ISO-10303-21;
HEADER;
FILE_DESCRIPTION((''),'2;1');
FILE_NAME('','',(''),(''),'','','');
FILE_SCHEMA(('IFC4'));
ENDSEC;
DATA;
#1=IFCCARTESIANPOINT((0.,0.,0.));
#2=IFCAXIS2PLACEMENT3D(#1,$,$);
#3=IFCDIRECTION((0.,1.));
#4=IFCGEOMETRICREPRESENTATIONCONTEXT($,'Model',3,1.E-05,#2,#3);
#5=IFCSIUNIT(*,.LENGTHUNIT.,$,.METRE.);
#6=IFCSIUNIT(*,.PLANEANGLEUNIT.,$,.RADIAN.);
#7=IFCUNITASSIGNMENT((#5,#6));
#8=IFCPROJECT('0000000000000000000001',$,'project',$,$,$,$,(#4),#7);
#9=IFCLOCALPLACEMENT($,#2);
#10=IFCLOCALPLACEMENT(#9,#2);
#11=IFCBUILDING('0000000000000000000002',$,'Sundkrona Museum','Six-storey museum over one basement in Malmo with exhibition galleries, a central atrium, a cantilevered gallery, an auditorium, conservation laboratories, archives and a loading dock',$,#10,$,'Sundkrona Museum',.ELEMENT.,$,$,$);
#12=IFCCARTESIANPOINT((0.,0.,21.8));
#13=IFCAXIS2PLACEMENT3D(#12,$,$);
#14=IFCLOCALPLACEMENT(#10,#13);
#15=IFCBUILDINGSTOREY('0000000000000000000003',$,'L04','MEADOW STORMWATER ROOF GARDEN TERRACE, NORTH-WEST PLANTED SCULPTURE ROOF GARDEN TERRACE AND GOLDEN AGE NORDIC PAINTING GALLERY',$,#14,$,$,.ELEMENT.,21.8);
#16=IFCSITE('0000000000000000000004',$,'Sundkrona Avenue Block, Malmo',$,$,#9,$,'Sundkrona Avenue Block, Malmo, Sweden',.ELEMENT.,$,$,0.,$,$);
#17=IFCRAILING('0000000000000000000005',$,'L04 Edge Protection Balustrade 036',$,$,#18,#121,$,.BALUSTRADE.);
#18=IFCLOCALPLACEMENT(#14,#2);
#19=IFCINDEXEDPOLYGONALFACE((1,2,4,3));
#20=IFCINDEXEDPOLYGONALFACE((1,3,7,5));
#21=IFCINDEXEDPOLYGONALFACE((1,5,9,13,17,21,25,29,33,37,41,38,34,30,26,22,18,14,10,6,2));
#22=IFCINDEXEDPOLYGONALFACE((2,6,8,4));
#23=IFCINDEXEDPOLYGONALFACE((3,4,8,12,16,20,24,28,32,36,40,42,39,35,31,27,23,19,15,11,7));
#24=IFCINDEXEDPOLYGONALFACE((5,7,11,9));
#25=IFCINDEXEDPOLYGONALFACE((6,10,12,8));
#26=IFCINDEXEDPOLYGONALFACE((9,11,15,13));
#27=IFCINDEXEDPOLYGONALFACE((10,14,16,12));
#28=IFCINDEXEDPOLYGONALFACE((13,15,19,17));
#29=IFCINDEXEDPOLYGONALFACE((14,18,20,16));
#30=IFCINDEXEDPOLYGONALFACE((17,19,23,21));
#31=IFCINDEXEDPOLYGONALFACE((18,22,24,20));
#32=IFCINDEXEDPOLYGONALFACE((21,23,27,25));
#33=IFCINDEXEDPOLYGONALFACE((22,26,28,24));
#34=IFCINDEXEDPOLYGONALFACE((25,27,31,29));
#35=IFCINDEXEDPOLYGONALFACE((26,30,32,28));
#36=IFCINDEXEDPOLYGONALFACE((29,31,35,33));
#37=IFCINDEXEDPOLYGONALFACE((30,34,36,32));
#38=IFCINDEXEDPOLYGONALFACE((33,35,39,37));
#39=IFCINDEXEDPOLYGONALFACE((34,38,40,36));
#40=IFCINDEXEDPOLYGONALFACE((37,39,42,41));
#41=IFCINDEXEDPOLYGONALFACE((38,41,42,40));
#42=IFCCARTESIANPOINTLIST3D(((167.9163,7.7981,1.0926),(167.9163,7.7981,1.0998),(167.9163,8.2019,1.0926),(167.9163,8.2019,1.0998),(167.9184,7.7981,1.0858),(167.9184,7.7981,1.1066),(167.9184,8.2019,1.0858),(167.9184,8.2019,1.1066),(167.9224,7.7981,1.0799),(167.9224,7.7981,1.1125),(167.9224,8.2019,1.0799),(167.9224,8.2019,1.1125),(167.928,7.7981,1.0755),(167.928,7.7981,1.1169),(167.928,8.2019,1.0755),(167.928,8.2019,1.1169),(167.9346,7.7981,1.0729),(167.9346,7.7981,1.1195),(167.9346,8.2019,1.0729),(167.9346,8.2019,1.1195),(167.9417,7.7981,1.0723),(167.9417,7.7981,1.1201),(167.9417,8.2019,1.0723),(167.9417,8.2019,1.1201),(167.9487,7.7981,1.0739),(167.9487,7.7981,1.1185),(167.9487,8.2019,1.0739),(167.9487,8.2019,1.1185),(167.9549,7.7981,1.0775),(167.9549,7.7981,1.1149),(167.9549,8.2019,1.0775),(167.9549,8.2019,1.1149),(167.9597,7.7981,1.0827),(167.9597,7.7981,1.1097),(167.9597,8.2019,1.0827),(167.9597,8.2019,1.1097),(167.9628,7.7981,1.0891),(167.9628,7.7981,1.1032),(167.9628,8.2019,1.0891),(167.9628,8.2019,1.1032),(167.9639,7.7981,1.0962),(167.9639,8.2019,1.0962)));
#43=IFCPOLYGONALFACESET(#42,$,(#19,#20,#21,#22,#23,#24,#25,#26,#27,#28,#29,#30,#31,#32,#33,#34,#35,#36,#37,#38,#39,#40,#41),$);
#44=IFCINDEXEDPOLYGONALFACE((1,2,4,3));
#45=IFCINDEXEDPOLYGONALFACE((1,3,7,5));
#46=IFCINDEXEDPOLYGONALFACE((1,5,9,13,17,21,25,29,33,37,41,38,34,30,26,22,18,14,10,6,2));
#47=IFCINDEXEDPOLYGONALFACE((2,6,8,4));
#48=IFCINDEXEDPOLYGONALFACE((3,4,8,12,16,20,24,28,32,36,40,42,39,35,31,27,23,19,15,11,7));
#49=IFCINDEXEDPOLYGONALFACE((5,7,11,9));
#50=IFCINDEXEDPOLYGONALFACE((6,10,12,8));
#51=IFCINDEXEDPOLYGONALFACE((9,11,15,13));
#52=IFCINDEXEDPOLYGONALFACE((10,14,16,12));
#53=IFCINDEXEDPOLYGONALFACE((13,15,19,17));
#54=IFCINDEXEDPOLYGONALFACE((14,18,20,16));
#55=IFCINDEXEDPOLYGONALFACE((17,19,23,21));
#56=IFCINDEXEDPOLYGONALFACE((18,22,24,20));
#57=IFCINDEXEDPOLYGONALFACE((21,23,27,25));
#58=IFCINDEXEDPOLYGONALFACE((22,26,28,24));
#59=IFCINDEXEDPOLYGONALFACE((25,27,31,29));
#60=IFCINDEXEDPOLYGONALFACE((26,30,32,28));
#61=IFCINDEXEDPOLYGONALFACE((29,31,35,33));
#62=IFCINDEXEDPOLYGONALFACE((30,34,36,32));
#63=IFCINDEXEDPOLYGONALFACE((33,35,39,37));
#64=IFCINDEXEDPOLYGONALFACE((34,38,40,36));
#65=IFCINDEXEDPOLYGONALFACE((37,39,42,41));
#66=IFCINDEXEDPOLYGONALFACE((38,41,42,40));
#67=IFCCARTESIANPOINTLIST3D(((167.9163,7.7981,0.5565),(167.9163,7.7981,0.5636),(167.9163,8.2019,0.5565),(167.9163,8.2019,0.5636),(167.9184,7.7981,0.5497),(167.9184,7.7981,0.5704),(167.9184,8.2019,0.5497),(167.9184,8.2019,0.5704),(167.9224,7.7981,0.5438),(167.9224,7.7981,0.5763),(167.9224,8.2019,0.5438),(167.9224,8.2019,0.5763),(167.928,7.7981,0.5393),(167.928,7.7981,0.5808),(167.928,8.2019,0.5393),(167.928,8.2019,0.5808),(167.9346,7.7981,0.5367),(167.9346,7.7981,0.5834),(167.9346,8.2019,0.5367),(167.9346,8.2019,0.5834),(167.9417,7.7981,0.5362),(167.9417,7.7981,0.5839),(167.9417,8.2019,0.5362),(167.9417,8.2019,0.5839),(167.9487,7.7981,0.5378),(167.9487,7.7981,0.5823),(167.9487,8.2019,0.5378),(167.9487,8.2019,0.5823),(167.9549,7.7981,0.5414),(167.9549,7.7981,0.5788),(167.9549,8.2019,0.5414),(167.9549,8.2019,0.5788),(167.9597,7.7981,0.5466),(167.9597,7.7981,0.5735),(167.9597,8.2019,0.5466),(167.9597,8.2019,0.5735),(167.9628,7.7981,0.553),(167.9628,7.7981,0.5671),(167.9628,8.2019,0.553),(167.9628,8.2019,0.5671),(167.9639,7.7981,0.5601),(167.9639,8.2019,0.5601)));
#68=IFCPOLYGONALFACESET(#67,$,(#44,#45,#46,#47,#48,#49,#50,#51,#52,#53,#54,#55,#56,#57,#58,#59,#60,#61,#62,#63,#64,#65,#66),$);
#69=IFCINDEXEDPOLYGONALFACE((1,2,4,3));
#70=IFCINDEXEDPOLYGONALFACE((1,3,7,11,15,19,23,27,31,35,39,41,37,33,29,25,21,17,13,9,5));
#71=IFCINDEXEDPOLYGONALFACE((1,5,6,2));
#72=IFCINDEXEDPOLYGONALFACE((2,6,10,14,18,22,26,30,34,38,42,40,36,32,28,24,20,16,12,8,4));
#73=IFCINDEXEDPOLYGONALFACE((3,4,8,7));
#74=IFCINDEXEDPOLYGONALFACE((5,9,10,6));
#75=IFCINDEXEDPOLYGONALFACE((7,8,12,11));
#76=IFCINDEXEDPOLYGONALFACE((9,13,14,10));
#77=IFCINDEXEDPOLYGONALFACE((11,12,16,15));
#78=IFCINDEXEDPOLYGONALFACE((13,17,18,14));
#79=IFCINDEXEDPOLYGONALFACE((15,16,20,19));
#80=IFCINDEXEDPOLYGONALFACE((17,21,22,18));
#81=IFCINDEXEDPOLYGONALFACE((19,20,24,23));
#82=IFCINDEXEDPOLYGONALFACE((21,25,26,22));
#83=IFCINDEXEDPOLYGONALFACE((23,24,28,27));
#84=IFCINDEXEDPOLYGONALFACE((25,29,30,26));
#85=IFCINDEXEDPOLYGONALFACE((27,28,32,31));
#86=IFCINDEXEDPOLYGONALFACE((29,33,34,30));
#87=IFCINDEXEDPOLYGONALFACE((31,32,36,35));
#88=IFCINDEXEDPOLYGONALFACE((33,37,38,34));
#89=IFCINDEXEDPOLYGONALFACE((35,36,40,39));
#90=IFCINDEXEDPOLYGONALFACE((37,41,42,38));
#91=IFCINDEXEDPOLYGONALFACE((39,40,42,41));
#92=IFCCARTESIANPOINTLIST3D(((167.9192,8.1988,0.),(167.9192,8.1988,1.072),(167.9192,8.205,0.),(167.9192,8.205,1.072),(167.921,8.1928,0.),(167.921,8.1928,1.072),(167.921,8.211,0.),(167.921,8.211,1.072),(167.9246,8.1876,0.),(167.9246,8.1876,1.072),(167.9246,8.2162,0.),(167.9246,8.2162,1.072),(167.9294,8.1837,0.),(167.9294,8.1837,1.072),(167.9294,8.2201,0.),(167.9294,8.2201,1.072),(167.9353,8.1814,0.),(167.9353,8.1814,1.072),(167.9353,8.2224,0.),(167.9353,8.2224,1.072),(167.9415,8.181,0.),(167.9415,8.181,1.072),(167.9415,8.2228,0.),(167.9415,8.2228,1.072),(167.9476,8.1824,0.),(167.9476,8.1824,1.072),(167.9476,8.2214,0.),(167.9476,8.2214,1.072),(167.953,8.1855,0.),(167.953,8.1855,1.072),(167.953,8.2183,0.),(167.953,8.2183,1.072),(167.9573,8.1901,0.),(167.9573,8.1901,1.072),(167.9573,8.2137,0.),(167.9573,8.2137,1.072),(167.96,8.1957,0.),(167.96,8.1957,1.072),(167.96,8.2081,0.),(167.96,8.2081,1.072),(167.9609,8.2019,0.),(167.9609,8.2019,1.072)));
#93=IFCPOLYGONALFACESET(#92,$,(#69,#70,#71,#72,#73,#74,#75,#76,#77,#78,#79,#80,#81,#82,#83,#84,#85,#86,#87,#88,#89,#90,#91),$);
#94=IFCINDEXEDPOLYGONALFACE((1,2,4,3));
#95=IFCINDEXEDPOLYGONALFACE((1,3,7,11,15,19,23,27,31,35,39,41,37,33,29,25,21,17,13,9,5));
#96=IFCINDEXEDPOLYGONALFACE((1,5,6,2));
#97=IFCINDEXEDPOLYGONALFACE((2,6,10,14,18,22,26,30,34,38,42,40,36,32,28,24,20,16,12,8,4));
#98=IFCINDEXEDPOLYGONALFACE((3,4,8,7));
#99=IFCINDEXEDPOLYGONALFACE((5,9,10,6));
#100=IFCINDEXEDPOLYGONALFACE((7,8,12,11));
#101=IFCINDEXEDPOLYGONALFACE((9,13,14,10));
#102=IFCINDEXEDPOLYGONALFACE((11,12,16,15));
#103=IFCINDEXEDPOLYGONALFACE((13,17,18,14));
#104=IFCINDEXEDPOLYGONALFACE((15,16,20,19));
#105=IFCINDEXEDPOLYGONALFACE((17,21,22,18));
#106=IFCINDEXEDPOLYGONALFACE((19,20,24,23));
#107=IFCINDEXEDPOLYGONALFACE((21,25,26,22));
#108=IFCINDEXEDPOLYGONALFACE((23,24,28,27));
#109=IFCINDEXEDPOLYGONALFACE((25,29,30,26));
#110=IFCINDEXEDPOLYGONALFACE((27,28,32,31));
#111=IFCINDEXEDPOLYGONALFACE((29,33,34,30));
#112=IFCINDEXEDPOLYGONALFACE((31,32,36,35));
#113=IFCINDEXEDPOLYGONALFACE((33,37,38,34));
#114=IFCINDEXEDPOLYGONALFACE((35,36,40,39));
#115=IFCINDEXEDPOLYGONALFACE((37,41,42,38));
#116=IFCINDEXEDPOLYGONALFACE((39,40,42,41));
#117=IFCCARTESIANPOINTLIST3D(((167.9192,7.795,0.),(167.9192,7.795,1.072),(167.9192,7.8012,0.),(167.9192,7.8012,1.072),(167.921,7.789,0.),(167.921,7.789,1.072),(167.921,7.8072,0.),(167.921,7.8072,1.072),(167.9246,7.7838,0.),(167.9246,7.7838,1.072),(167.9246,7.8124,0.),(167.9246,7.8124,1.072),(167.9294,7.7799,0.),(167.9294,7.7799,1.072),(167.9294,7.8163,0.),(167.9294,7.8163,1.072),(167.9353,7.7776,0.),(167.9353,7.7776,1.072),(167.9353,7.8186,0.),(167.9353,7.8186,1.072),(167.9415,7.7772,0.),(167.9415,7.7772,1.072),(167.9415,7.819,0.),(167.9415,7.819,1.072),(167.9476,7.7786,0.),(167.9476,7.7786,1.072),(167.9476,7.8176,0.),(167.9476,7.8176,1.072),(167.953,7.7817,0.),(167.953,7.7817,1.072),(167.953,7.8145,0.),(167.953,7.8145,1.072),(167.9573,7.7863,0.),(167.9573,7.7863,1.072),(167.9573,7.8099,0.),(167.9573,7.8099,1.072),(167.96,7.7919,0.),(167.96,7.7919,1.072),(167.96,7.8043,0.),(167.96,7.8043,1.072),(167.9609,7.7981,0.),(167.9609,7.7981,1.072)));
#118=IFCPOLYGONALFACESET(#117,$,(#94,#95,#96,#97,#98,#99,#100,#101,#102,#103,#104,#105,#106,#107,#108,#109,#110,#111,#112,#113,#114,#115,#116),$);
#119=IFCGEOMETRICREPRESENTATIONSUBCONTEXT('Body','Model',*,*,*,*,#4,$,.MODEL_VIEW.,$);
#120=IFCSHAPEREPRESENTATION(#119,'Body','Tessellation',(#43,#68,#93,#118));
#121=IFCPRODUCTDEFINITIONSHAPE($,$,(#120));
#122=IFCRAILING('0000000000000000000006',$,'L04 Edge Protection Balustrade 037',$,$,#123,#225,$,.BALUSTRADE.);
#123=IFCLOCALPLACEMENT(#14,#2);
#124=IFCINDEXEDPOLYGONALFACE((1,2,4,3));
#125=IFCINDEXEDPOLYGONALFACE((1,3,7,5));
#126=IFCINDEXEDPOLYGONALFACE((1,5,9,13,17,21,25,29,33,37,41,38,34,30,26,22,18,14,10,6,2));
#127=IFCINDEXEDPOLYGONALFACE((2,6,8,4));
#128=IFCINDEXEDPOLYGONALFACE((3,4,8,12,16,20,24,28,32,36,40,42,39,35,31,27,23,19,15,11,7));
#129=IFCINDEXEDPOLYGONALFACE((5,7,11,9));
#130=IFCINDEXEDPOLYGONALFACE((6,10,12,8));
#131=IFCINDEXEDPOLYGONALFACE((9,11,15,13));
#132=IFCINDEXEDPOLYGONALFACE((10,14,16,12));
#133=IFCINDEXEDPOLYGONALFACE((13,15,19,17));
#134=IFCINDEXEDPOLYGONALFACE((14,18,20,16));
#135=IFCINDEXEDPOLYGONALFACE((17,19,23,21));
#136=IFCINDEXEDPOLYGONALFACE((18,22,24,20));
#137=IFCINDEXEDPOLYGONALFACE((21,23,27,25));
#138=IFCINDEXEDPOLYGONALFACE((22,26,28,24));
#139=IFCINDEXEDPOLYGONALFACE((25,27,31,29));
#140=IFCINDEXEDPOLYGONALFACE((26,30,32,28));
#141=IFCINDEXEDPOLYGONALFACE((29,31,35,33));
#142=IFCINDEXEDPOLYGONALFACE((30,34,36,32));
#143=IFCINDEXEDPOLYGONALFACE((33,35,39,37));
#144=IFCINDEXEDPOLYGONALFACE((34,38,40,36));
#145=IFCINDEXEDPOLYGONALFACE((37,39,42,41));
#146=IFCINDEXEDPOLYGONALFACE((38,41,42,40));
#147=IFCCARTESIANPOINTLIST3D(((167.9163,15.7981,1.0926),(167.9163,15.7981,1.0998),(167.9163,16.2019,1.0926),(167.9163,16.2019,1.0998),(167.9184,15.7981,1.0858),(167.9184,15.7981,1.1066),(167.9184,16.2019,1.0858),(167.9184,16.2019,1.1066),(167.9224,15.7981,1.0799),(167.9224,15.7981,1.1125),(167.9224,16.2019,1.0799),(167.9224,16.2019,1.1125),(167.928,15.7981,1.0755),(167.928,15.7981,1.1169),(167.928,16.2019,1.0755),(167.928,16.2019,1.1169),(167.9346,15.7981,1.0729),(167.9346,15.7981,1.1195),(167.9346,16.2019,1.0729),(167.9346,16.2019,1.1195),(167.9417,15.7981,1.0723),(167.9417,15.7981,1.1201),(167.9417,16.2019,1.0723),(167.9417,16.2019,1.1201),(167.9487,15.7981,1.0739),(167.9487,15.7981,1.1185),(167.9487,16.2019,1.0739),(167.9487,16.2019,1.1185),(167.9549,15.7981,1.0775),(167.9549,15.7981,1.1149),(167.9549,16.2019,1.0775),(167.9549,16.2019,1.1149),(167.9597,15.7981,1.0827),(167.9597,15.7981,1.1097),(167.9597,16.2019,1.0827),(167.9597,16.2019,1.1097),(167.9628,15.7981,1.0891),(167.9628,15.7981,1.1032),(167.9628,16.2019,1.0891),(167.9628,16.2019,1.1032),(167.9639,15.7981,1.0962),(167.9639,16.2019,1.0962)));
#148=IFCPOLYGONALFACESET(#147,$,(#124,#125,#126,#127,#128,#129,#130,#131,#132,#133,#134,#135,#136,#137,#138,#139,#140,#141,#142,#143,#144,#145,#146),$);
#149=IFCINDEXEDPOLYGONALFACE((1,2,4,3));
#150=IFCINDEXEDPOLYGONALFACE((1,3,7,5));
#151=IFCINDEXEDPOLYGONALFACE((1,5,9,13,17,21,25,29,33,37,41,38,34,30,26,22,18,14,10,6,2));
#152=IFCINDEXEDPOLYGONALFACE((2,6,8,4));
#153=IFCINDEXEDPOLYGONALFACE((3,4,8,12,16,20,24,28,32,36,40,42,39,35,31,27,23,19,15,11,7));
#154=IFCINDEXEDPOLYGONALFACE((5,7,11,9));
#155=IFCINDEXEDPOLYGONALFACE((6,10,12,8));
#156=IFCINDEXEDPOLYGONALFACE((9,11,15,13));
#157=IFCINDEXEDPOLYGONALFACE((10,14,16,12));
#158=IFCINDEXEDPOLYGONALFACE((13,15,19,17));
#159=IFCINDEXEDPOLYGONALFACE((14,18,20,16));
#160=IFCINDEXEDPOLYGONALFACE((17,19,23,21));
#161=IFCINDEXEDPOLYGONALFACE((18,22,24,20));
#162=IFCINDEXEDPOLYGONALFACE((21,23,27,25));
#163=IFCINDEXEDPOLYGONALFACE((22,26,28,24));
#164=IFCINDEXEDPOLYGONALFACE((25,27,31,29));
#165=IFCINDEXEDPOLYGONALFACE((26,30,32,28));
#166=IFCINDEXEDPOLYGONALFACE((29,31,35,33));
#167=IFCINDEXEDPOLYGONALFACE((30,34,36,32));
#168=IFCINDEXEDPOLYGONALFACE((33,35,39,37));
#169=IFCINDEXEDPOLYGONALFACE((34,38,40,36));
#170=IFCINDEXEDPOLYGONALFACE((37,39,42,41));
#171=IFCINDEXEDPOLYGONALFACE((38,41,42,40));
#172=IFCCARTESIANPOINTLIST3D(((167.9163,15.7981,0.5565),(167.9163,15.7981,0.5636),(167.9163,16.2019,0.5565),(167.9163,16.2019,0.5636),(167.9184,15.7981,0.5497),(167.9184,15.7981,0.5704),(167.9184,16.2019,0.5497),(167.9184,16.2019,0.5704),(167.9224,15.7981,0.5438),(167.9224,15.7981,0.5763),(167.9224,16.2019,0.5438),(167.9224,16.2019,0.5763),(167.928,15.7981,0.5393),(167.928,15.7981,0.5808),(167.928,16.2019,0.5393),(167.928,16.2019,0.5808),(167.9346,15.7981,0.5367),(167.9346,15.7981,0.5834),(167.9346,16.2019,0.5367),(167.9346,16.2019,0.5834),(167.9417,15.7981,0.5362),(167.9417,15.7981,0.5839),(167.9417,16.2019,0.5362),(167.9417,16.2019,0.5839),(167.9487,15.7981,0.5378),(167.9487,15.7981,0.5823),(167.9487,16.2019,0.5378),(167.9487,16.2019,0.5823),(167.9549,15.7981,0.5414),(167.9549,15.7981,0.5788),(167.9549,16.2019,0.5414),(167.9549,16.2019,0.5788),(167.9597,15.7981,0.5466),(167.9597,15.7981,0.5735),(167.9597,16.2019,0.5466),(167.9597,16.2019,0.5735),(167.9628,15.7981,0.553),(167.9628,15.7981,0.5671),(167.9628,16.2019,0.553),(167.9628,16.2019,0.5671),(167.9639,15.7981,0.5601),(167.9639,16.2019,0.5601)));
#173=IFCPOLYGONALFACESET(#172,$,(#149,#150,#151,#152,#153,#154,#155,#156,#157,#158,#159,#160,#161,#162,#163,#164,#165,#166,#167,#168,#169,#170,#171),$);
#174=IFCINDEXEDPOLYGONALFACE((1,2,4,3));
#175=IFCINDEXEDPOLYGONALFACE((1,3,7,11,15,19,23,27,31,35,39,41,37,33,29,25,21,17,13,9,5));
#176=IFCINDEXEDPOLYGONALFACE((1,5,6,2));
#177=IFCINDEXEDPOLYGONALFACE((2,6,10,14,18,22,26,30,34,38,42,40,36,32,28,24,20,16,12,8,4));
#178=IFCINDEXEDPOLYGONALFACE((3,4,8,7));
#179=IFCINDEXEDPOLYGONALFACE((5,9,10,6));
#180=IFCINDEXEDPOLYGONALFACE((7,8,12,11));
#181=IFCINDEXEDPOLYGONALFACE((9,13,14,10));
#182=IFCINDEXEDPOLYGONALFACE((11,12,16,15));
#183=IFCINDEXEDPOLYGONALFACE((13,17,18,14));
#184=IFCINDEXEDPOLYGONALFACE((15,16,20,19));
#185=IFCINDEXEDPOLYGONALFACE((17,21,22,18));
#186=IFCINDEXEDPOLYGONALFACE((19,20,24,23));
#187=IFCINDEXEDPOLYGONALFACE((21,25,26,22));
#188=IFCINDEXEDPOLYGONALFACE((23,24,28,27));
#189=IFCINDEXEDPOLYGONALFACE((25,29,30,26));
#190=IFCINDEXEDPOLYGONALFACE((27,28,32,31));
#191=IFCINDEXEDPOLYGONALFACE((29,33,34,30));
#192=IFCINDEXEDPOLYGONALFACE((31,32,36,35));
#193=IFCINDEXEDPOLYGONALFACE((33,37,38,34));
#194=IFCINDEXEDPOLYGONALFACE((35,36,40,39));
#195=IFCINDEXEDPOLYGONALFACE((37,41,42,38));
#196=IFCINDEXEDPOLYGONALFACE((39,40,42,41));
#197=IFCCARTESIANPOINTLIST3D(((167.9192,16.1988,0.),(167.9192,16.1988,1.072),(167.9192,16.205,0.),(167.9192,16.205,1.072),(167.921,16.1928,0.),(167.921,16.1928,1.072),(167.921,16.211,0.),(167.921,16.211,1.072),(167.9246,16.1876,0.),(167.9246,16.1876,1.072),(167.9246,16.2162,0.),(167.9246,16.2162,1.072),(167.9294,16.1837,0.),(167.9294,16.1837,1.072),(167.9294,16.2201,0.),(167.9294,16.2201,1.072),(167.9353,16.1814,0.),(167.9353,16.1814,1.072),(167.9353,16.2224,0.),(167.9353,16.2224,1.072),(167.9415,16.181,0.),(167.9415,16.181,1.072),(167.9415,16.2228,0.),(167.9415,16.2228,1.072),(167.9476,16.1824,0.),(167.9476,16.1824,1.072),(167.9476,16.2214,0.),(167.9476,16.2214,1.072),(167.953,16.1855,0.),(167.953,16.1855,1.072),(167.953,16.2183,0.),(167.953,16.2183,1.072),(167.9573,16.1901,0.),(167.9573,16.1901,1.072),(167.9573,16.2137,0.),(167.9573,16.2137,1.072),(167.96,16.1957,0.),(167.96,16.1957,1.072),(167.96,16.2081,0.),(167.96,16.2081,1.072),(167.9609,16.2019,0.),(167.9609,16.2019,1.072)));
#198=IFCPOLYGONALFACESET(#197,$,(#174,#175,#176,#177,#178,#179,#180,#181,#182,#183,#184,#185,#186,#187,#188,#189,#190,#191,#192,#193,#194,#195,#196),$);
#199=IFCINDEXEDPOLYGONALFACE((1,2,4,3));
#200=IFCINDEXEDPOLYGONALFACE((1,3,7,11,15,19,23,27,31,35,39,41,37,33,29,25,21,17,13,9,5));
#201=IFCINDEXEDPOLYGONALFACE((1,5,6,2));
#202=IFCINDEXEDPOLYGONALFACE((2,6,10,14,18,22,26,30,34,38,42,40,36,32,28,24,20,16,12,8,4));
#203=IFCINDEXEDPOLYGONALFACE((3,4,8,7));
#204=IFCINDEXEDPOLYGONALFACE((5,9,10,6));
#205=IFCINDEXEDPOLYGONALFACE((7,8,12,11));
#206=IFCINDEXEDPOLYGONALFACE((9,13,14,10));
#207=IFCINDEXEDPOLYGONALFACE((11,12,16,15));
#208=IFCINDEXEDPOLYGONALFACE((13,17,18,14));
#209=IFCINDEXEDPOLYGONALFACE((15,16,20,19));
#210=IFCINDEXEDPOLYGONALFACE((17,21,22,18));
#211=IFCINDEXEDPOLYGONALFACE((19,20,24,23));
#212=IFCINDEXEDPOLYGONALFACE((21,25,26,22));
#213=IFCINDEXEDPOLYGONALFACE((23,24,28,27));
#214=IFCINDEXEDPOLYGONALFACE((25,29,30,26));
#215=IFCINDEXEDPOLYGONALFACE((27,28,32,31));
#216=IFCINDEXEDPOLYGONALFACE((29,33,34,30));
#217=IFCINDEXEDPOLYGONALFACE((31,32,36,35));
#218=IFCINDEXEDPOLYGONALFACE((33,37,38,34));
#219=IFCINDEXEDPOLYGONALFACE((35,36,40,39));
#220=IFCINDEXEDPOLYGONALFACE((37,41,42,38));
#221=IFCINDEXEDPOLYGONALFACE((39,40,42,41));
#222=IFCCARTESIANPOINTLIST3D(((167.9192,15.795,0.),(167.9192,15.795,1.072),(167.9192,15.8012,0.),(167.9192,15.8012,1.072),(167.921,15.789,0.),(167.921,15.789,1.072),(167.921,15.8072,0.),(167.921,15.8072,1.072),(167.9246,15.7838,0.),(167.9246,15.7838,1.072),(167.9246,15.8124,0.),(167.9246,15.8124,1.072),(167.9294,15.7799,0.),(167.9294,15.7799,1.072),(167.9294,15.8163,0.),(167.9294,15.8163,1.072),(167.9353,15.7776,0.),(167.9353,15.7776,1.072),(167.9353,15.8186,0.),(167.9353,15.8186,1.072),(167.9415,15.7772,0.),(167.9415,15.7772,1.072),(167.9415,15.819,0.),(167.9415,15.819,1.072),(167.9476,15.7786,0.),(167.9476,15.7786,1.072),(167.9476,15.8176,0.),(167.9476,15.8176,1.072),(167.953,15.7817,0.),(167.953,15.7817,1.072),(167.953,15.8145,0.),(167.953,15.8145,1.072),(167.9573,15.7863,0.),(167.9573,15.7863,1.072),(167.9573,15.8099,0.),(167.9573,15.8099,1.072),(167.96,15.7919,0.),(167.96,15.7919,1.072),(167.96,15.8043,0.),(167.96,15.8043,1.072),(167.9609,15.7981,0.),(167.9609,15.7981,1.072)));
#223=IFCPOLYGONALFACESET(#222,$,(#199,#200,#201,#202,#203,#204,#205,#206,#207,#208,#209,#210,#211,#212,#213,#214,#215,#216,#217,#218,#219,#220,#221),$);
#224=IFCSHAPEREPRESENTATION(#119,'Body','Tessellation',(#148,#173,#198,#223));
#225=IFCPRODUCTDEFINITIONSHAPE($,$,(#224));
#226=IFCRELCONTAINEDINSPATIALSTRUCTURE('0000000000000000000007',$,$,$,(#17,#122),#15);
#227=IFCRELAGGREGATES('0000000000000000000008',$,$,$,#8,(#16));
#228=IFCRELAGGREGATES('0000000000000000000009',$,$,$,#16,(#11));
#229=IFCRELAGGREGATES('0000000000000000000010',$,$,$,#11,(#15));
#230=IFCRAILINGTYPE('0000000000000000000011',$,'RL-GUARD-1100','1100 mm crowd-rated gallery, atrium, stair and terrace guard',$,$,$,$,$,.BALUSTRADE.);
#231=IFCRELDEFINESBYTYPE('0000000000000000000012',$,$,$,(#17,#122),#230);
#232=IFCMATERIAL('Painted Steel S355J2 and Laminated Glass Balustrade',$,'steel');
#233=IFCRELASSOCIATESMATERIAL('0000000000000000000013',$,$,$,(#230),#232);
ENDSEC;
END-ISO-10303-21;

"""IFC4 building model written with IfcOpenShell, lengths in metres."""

from ifc_helpers import new_model, si_unit, direction, frame, origin, origin_2d, place, context, subcontext, project, spatial, circle, extrude, material, type_object, element, save


model = new_model("IFC4")

# Units and contexts
model_context = context("Model", 3, precision=1e-05, world=origin(), true_north=direction((0.0, 1.0)))
body_context = subcontext(model_context, "Body", "Model", "MODEL_VIEW")
ifc_project = project(units=[si_unit("LENGTHUNIT", "METRE"), si_unit("PLANEANGLEUNIT", "RADIAN")], contexts=[model_context])

# Site, building, storey
site_placement = place(None, origin())
site = spatial("IfcSite", under=ifc_project, at=site_placement, Name="Sundkrona Avenue Block, Malmo", LongName="Sundkrona Avenue Block, Malmo, Sweden", CompositionType="ELEMENT", RefElevation=0.0)
building_placement = place(site_placement, origin())
building = spatial("IfcBuilding", under=site, at=building_placement, Name="Sundkrona Museum", Description="Six-storey museum over one basement in Malmo with exhibition galleries, a central atrium, a cantilevered gallery, an auditorium, conservation laboratories, archives and a loading dock", LongName="Sundkrona Museum", CompositionType="ELEMENT")
storey_placement = place(building_placement, frame((0.0, 0.0, 21.8)))
storey = spatial("IfcBuildingStorey", under=building, at=storey_placement, Name="L04", Description="MEADOW STORMWATER ROOF GARDEN TERRACE, NORTH-WEST PLANTED SCULPTURE ROOF GARDEN TERRACE AND GOLDEN AGE NORDIC PAINTING GALLERY", CompositionType="ELEMENT", Elevation=21.8)

# Railings
ifc_material_1 = material(Name="Painted Steel S355J2 and Laminated Glass Balustrade", Category="steel")
railing_type = type_object("IfcRailingType", Name="RL-GUARD-1100", Description="1100 mm crowd-rated gallery, atrium, stair and terrace guard", PredefinedType="BALUSTRADE", material=ifc_material_1)
for number, where, name in (
    (1, (167.9399, 8.2019, 0.0), "L04 Edge Protection Balustrade 036"),
    (2, (167.9399, 16.2019, 0.0), "L04 Edge Protection Balustrade 037"),
):
    element("IfcRailing", number, at=place(storey_placement, frame(where)), inside=storey, type_object=railing_type, Name=name, PredefinedType="BALUSTRADE", context=body_context, shape_type="SweptSolid", body=[
        extrude(circle(Radius=0.0239, at=origin_2d()), frame((0.0, 0.0, 1.0962), z_axis=(0.0, -1.0, 0.0), x_axis=(1.0, 0.0, 0.0)), (0.0, 0.0, 1.0), 0.4038),
        extrude(circle(Radius=0.0239, at=origin_2d()), frame((0.0, 0.0, 0.5601), z_axis=(0.0, -1.0, 0.0), x_axis=(1.0, 0.0, 0.0)), (0.0, 0.0, 1.0), 0.4038),
        extrude(circle(Radius=0.021, at=origin_2d()), origin(), (0.0, 0.0, 1.0), 1.072),
        extrude(circle(Radius=0.021, at=origin_2d()), frame((0.0, -0.4038, 0.0)), (0.0, 0.0, 1.0), 1.072),
    ])

save(model, "model.ifc")
